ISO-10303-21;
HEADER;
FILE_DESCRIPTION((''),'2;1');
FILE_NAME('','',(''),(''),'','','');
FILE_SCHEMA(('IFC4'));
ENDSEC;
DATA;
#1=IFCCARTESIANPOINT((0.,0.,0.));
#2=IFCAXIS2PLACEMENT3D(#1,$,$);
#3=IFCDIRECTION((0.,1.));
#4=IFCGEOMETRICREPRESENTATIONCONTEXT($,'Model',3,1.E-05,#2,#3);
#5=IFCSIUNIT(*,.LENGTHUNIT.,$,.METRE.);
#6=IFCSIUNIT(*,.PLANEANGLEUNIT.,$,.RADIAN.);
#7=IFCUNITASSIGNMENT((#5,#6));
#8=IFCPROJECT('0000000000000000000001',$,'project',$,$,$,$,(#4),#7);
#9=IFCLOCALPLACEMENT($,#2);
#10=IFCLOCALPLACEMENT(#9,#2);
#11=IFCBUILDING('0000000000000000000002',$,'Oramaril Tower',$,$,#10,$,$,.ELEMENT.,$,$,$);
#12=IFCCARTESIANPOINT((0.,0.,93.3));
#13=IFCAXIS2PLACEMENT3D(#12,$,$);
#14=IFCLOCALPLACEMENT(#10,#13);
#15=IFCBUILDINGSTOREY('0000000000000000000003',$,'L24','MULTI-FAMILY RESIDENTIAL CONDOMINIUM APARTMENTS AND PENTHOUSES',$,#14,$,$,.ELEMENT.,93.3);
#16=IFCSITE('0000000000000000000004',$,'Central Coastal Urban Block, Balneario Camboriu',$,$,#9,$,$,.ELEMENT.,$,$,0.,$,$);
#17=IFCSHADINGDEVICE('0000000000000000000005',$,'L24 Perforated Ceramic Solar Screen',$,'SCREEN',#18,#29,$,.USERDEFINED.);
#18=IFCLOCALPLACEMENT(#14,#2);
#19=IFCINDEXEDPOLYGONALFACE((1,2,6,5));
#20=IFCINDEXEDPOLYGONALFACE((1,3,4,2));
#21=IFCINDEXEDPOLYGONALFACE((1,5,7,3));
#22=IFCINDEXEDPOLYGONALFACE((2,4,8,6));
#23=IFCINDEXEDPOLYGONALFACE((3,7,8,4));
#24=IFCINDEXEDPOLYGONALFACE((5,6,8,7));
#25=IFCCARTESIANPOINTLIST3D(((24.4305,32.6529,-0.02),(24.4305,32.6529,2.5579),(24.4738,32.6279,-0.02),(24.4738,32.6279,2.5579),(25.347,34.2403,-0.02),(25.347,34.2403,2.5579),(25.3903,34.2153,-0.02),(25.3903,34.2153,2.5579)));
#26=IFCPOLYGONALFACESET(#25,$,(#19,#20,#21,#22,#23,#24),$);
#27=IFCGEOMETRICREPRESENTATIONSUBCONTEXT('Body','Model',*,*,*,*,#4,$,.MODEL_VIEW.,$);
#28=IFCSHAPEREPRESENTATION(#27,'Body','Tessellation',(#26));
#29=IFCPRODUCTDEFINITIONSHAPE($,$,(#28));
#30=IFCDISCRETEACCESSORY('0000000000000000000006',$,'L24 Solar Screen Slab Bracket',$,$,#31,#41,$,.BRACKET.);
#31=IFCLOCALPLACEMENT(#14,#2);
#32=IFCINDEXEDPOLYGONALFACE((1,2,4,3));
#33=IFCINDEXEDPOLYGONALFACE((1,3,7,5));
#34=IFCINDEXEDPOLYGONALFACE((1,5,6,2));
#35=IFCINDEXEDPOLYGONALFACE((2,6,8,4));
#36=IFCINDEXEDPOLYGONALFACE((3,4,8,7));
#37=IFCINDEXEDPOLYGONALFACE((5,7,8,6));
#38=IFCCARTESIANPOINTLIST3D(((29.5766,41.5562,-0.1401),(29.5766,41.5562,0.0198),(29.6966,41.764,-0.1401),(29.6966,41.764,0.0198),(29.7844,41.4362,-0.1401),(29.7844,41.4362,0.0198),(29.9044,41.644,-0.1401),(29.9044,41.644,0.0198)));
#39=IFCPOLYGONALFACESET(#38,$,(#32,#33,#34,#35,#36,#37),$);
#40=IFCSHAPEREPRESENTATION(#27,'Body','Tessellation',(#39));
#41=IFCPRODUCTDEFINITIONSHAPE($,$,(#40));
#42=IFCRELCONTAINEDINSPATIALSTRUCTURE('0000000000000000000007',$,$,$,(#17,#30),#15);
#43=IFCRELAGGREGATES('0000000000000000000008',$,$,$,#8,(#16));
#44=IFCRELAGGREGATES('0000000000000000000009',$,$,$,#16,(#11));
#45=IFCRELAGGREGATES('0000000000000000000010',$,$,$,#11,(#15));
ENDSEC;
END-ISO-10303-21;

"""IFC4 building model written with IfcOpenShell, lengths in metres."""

from ifc_helpers import new_model, si_unit, direction, frame, origin, origin_2d, place, context, subcontext, project, spatial, rectangle, extrude, element, save


model = new_model("IFC4")

# Units and contexts
model_context = context("Model", 3, precision=1e-05, world=origin(), true_north=direction((0.0, 1.0)))
body_context = subcontext(model_context, "Body", "Model", "MODEL_VIEW")
ifc_project = project(units=[si_unit("LENGTHUNIT", "METRE"), si_unit("PLANEANGLEUNIT", "RADIAN")], contexts=[model_context])

# Site, building, storey
site_placement = place(None, origin())
site = spatial("IfcSite", under=ifc_project, at=site_placement, Name="Central Coastal Urban Block, Balneario Camboriu", CompositionType="ELEMENT", RefElevation=0.0)
building_placement = place(site_placement, origin())
building = spatial("IfcBuilding", under=site, at=building_placement, Name="Oramaril Tower", CompositionType="ELEMENT")
storey_placement = place(building_placement, frame((0.0, 0.0, 93.3)))
storey = spatial("IfcBuildingStorey", under=building, at=storey_placement, Name="L24", Description="MULTI-FAMILY RESIDENTIAL CONDOMINIUM APARTMENTS AND PENTHOUSES", CompositionType="ELEMENT", Elevation=93.3)

# Shading device
for number, where, z_axis, x_axis, name in (
    (1, (24.9104, 33.4341, -0.02), (0.0, 0.0, 1.0), (-0.5, -0.866025, 0.0), "L24 Perforated Ceramic Solar Screen"),
):
    element("IfcShadingDevice", number, at=place(storey_placement, frame(where, z_axis=z_axis, x_axis=x_axis)), inside=storey, Name=name, ObjectType="SCREEN", PredefinedType="USERDEFINED", context=body_context, shape_type="SweptSolid", body=[
        extrude(rectangle(XDim=1.833, YDim=0.05, at=origin_2d()), origin(), (0.0, 0.0, 1.0), 2.5779),
    ])

# Discrete accessory
discrete_accessory_placement = place(storey_placement, frame((29.7405, 41.6001, -0.1401), z_axis=(0.0, 0.0, 1.0), x_axis=(-0.5, -0.866025, 0.0)))
element("IfcDiscreteAccessory", 2, at=discrete_accessory_placement, inside=storey, Name="L24 Solar Screen Slab Bracket", PredefinedType="BRACKET", context=body_context, shape_type="SweptSolid", body=[
    extrude(rectangle(XDim=0.24, YDim=0.24, at=origin_2d()), origin(), (0.0, 0.0, 1.0), 0.1599),
])

save(model, "model.ifc")
